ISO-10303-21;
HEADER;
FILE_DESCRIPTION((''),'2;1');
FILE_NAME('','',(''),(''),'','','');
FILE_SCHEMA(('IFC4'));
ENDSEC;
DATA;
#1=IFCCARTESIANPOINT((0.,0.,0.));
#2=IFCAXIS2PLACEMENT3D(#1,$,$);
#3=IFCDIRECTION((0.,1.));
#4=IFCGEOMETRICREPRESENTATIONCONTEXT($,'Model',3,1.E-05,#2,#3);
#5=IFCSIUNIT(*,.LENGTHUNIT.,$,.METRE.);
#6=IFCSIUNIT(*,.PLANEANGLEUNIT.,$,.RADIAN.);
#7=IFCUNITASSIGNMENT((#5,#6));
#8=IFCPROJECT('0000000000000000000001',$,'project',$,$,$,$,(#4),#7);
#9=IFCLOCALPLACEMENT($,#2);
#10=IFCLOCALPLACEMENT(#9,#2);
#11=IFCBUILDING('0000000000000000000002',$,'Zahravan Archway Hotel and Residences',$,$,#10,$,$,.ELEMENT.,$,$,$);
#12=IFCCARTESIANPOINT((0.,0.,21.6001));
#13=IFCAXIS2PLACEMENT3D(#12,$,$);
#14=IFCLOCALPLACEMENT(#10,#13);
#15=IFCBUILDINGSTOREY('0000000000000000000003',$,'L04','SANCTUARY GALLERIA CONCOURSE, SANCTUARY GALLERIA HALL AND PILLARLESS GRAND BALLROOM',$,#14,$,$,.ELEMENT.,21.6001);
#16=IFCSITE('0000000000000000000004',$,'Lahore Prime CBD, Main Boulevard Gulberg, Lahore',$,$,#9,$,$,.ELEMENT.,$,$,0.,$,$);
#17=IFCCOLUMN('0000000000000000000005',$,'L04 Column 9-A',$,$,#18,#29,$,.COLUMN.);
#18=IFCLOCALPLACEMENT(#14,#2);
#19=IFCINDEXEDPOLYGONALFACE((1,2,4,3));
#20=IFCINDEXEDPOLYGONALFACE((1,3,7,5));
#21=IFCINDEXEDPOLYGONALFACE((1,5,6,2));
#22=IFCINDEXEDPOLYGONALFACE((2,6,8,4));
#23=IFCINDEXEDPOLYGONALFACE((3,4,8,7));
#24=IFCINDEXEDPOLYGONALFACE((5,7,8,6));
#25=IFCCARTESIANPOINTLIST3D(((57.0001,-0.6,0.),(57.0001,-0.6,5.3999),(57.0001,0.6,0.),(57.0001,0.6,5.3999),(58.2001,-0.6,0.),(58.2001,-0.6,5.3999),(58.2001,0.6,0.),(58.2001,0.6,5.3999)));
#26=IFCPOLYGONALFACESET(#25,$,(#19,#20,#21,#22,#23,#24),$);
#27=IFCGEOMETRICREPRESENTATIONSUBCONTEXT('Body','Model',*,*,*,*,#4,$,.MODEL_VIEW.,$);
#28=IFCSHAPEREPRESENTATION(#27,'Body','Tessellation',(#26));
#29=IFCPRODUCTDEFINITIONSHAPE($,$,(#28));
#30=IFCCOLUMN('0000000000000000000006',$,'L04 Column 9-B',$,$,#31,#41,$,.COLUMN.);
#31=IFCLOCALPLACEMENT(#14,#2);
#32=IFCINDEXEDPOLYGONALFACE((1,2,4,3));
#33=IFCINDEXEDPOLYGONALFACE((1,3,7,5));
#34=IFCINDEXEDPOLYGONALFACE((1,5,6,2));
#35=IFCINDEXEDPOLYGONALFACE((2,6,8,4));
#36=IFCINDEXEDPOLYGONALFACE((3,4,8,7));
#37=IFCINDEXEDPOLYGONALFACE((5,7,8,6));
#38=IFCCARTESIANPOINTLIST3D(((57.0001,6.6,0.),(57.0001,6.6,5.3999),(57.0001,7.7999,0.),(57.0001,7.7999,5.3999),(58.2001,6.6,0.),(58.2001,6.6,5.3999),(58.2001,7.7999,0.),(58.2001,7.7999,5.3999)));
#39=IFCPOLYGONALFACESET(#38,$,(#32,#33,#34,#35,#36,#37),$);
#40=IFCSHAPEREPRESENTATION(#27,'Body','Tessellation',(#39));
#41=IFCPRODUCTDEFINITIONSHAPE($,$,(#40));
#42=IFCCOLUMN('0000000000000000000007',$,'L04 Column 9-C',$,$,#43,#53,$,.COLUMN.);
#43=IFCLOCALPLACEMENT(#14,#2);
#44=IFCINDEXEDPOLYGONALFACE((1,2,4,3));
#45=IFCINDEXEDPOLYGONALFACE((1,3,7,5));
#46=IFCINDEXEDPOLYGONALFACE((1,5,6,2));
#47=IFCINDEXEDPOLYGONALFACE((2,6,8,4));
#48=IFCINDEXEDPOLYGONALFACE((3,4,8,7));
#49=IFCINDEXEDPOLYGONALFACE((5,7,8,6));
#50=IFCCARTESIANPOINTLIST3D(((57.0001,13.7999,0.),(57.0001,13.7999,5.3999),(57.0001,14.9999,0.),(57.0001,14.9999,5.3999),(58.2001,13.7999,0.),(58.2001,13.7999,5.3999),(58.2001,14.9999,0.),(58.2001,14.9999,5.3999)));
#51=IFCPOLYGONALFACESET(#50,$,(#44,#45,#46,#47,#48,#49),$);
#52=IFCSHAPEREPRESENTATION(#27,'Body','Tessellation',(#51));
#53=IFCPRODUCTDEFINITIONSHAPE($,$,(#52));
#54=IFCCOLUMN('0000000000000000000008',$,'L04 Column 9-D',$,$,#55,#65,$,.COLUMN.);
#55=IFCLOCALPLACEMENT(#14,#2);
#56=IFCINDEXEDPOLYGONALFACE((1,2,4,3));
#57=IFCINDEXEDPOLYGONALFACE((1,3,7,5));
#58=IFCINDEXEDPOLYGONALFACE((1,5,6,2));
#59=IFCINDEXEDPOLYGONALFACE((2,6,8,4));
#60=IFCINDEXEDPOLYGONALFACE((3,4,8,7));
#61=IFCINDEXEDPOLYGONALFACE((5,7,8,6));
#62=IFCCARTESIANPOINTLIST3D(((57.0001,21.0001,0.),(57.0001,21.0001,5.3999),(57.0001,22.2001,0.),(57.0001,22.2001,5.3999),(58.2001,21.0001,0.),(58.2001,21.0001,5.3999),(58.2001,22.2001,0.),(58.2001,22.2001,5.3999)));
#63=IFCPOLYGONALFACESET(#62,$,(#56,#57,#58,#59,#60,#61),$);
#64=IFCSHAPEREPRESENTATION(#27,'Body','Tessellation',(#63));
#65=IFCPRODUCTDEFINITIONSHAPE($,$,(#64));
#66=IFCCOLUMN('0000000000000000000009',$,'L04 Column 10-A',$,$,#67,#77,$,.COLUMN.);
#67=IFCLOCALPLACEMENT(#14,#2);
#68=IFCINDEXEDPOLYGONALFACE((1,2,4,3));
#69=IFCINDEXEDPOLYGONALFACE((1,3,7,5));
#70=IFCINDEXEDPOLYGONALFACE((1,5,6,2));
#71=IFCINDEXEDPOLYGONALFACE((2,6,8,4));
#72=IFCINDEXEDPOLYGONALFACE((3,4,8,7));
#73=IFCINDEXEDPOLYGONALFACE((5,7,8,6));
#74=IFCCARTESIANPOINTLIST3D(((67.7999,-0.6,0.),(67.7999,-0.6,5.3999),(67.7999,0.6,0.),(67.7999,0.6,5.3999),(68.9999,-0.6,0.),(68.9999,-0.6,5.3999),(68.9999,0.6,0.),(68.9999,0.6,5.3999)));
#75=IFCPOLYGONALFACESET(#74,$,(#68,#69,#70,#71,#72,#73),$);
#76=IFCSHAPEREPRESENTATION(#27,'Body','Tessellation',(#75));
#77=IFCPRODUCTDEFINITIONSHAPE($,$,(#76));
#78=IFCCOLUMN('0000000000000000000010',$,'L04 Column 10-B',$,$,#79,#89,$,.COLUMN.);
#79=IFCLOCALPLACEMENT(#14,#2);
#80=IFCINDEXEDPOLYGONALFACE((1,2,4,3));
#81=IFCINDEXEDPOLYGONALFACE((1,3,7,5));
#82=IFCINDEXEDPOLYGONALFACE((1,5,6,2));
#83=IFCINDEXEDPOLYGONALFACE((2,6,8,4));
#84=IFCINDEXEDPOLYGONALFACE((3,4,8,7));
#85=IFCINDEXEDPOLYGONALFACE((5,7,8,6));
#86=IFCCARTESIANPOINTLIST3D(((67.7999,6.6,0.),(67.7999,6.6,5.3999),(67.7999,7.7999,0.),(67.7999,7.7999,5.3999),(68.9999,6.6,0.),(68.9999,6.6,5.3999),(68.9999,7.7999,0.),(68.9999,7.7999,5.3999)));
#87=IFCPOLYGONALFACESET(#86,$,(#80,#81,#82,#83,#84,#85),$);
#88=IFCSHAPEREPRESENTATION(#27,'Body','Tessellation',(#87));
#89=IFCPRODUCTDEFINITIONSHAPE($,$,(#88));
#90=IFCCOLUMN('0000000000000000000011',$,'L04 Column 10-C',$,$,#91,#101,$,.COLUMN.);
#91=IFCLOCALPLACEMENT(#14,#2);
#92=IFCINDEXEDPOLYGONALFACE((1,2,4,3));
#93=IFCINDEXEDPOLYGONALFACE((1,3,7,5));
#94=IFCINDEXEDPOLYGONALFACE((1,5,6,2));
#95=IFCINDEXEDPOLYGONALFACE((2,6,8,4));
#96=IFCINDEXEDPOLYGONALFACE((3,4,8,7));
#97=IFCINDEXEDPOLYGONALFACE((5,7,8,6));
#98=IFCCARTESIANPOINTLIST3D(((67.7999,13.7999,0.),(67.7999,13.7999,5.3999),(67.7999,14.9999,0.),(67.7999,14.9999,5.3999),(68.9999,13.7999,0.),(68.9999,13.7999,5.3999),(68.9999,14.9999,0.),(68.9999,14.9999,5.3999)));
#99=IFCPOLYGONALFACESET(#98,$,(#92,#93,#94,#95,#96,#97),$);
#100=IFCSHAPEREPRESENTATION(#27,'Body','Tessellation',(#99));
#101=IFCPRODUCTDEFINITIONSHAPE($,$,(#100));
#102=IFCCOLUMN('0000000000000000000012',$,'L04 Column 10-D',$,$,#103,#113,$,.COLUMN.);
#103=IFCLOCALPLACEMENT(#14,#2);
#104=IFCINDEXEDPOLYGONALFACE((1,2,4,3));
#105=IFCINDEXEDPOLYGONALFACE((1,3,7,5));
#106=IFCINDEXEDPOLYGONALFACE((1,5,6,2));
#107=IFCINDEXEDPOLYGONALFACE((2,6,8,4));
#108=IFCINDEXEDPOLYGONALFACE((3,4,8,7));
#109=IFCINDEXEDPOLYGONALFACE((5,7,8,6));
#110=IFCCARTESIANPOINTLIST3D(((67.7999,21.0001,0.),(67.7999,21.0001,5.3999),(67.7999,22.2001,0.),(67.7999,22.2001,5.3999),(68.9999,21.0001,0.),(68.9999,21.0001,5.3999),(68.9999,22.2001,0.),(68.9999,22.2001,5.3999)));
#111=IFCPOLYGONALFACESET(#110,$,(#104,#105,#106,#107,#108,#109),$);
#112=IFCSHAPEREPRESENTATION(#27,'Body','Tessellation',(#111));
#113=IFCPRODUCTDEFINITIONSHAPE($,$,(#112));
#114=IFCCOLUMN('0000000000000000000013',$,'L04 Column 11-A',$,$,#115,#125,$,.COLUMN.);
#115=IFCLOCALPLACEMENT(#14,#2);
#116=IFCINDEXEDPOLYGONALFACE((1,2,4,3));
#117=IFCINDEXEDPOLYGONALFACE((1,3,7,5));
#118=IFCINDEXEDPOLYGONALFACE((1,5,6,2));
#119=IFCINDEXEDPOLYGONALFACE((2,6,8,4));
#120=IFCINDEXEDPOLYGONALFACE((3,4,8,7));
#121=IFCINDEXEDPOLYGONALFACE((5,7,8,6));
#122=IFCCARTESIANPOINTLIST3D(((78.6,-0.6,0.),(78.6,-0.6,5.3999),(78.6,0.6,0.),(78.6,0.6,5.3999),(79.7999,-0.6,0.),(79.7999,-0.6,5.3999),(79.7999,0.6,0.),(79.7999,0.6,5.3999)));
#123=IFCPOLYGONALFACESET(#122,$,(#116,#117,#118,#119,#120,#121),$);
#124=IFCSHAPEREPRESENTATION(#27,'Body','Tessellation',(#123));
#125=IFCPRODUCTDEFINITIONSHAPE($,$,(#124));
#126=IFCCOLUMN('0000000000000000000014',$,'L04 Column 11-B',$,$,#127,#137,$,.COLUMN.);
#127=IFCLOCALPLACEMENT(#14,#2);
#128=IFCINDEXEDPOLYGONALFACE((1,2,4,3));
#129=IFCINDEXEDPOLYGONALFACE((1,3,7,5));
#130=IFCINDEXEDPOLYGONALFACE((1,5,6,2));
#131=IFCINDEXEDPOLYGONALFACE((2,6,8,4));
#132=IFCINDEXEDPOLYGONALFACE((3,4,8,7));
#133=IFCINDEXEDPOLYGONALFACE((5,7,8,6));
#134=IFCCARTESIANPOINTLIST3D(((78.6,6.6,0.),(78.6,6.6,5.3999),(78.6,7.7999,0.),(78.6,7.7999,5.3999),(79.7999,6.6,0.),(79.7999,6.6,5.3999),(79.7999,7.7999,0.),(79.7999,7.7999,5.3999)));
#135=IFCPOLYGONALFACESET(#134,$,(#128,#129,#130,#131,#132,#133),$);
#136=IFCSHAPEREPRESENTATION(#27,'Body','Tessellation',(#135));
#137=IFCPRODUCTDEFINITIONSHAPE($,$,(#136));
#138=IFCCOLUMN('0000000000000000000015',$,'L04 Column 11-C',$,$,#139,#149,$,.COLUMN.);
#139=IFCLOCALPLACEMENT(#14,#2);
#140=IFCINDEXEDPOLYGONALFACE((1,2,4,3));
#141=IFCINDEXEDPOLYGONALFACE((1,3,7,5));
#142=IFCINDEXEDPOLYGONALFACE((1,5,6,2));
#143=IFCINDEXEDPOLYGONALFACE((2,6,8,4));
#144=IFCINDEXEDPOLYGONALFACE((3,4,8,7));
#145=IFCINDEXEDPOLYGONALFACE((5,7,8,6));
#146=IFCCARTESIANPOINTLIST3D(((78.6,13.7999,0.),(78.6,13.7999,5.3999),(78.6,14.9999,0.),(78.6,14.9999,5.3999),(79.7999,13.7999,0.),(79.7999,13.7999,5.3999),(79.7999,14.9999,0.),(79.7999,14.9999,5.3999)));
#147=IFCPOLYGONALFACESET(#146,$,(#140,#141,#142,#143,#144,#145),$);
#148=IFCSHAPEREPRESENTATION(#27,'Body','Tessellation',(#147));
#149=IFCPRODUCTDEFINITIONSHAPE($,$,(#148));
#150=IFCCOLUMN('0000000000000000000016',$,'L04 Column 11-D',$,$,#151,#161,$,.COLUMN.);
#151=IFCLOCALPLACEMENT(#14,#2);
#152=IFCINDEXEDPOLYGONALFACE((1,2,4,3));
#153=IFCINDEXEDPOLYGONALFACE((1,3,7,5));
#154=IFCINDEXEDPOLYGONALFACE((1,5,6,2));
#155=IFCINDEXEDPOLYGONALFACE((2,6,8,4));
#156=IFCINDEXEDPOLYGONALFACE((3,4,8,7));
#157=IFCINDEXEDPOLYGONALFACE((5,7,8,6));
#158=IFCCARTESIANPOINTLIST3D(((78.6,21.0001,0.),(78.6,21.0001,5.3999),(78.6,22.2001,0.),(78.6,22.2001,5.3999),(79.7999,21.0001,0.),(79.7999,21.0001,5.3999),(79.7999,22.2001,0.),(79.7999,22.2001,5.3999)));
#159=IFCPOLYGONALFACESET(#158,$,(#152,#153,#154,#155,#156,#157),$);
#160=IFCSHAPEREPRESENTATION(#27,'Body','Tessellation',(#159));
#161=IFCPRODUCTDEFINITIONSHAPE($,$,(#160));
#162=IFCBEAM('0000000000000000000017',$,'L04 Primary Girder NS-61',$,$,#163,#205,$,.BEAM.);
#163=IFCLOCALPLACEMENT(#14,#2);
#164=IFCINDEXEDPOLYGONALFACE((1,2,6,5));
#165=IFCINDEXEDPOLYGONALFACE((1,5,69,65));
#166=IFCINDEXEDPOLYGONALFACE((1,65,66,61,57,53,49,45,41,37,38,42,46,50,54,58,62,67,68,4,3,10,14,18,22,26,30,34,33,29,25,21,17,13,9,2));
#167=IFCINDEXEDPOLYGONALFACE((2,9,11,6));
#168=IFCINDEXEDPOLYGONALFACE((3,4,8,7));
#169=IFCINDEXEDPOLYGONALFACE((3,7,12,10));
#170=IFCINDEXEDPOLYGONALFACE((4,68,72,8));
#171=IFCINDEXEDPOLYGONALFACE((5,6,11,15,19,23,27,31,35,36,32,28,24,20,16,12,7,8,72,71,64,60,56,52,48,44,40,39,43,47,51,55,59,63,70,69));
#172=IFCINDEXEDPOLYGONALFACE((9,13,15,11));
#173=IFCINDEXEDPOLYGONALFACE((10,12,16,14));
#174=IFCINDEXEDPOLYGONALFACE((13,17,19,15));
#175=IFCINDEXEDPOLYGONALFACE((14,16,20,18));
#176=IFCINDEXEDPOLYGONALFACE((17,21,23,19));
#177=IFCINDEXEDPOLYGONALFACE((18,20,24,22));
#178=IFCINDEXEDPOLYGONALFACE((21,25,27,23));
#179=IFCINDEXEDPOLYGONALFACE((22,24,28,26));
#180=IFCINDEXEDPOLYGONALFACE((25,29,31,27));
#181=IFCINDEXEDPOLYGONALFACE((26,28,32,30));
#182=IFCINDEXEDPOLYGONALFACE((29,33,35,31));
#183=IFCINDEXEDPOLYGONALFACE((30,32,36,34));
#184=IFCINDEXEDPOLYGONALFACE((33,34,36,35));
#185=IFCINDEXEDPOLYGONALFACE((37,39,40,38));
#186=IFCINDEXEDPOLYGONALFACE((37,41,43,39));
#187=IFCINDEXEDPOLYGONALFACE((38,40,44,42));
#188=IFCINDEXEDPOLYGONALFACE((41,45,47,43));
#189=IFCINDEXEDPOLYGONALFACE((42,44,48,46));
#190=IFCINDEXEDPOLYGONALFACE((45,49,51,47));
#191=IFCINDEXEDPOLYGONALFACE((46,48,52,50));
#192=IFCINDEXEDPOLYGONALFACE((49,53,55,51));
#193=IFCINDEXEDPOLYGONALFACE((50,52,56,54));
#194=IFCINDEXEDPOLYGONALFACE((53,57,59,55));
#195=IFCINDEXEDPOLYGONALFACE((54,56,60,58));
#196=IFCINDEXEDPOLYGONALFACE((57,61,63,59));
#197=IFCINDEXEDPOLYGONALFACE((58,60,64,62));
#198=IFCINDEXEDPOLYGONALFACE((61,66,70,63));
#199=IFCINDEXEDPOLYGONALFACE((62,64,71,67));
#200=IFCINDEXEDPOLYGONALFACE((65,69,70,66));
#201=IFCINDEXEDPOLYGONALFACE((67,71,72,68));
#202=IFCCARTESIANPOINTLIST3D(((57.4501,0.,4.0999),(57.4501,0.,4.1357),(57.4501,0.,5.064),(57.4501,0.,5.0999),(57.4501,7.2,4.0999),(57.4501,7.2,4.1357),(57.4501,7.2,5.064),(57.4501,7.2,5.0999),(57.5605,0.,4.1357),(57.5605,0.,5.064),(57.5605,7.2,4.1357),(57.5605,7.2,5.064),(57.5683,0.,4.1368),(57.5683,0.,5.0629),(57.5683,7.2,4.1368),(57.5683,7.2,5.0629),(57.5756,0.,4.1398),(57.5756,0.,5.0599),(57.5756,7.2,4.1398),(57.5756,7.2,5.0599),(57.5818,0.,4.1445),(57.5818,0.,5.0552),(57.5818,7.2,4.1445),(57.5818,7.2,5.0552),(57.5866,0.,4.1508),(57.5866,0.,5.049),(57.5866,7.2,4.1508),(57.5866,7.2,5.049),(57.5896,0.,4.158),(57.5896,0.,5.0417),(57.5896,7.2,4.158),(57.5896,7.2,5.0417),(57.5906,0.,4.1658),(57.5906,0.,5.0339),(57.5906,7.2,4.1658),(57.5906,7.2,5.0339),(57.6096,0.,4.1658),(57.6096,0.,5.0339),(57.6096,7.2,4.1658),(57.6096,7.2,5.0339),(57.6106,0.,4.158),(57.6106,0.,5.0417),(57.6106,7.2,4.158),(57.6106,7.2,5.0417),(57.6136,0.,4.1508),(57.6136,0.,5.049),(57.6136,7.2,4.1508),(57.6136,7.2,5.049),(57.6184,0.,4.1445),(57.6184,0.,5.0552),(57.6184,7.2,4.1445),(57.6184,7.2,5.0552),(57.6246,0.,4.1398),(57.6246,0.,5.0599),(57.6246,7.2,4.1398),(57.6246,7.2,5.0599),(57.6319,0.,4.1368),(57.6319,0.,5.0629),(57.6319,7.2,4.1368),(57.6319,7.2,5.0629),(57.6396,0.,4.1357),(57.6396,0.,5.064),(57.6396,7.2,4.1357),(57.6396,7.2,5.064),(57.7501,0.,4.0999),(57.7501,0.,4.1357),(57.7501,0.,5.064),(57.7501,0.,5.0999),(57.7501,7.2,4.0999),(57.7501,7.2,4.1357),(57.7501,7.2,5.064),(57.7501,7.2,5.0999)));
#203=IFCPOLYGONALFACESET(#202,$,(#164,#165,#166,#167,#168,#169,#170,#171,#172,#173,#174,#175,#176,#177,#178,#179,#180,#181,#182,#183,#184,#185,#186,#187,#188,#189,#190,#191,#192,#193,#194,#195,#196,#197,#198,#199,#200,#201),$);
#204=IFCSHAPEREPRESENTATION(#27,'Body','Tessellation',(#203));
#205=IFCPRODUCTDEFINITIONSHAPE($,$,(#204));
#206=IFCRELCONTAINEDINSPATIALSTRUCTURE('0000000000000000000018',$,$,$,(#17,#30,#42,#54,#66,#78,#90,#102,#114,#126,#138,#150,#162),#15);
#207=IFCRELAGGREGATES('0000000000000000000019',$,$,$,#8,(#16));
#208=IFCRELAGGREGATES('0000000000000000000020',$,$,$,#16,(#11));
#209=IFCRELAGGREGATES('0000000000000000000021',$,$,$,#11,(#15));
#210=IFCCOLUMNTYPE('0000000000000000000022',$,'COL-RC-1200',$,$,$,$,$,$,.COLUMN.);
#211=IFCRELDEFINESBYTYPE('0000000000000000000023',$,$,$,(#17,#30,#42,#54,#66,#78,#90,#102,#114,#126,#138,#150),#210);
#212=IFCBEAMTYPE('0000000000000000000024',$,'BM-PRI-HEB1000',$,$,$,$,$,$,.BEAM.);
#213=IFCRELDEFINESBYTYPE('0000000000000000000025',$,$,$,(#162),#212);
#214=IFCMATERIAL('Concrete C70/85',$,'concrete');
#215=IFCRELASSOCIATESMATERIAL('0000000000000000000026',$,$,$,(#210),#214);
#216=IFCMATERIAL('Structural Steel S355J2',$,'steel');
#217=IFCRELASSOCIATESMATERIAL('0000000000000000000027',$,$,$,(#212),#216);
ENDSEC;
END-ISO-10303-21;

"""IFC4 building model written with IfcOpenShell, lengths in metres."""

from ifc_helpers import new_model, si_unit, direction, frame, origin, origin_2d, place, context, subcontext, project, spatial, rectangle, i_section, extrude, source, transform, mapped, material, material_profile, profile_set, type_object, element, save


model = new_model("IFC4")

# Units and contexts
model_context = context("Model", 3, precision=1e-05, world=origin(), true_north=direction((0.0, 1.0)))
body_context = subcontext(model_context, "Body", "Model", "MODEL_VIEW")
ifc_project = project(units=[si_unit("LENGTHUNIT", "METRE"), si_unit("PLANEANGLEUNIT", "RADIAN")], contexts=[model_context])

# Site, building, storey
site_placement = place(None, origin())
site = spatial("IfcSite", under=ifc_project, at=site_placement, Name="Lahore Prime CBD, Main Boulevard Gulberg, Lahore", CompositionType="ELEMENT", RefElevation=0.0)
building_placement = place(site_placement, origin())
building = spatial("IfcBuilding", under=site, at=building_placement, Name="Zahravan Archway Hotel and Residences", CompositionType="ELEMENT")
storey_placement = place(building_placement, frame((0.0, 0.0, 21.6001)))
storey = spatial("IfcBuildingStorey", under=building, at=storey_placement, Name="L04", Description="SANCTUARY GALLERIA CONCOURSE, SANCTUARY GALLERIA HALL AND PILLARLESS GRAND BALLROOM", CompositionType="ELEMENT", Elevation=21.6001)

# Columns
ifc_material_1 = material(Name="Concrete C70/85", Category="concrete")
ifc_material_profile_1 = material_profile(ifc_material_1, rectangle(XDim=1.2, YDim=1.2, at=origin_2d()), Name="RC-COL-1200x1200", Category="concrete")
ifc_profile_set_1 = profile_set([ifc_material_profile_1], Name="Concrete C70/85")
column_type = type_object("IfcColumnType", Name="COL-RC-1200", PredefinedType="COLUMN", material=ifc_profile_set_1)
shared_shape_1 = source(origin(), body_context, "Body", "SweptSolid", [
    extrude(rectangle(XDim=1.2, YDim=1.2, at=origin_2d()), origin(), (0.0, 0.0, 1.0), 5.3999),
])
for number, where, z_axis, x_axis, name in (
    (1, (57.6001, 0.0, 0.0), (0.0, 0.0, 1.0), (1.0, 0.0, 0.0), "L04 Column 9-A"),
    (2, (57.6001, 7.2, 0.0), (0.0, 0.0, 1.0), (1.0, 0.0, 0.0), "L04 Column 9-B"),
    (3, (57.6001, 14.3999, 0.0), (0.0, 0.0, 1.0), (1.0, 0.0, 0.0), "L04 Column 9-C"),
    (4, (57.6001, 21.6001, 0.0), (0.0, 0.0, 1.0), (1.0, 0.0, 0.0), "L04 Column 9-D"),
    (5, (68.3999, 0.0, 0.0), (0.0, 0.0, 1.0), (1.0, 0.0, 0.0), "L04 Column 10-A"),
    (6, (68.3999, 7.2, 0.0), (0.0, 0.0, 1.0), (1.0, 0.0, 0.0), "L04 Column 10-B"),
    (7, (68.3999, 14.3999, 0.0), (0.0, 0.0, 1.0), (1.0, 0.0, 0.0), "L04 Column 10-C"),
    (8, (68.3999, 21.6001, 0.0), (0.0, 0.0, 1.0), (1.0, 0.0, 0.0), "L04 Column 10-D"),
    (9, (79.2, 0.0, 0.0), (0.0, 0.0, 1.0), (1.0, 0.0, 0.0), "L04 Column 11-A"),
    (10, (79.2, 7.2, 0.0), (0.0, 0.0, 1.0), (1.0, 0.0, 0.0), "L04 Column 11-B"),
    (11, (79.2, 14.3999, 0.0), (0.0, 0.0, 1.0), (1.0, 0.0, 0.0), "L04 Column 11-C"),
    (12, (79.2, 21.6001, 0.0), (0.0, 0.0, 1.0), (1.0, 0.0, 0.0), "L04 Column 11-D"),
):
    element("IfcColumn", number, at=place(storey_placement, frame(where, z_axis=z_axis, x_axis=x_axis)), inside=storey, type_object=column_type, Name=name, PredefinedType="COLUMN", context=body_context, shape_type="MappedRepresentation", body=[
        mapped(shared_shape_1, transform((0.0, 0.0, 0.0), scale=1.0)),
    ])

# Beam
ifc_material_2 = material(Name="Structural Steel S355J2", Category="steel")
ifc_material_profile_2 = material_profile(ifc_material_2, i_section(OverallWidth=0.3, OverallDepth=1.0, WebThickness=0.019, FlangeThickness=0.0359, FilletRadius=0.03, at=origin_2d()), Name="HEB 1000", Category="steel")
ifc_profile_set_2 = profile_set([ifc_material_profile_2], Name="Structural Steel S355J2")
beam_type_1 = type_object("IfcBeamType", Name="BM-PRI-HEB1000", PredefinedType="BEAM", material=ifc_profile_set_2)
shared_shape_2 = source(origin(), body_context, "Body", "SweptSolid", [
    extrude(i_section(OverallWidth=0.3, OverallDepth=1.0, WebThickness=0.019, FlangeThickness=0.0359, FilletRadius=0.03, at=origin_2d()), origin(), (0.0, 0.0, 1.0), 7.2),
])
for number, where, z_axis, x_axis, name in (
    (13, (57.6001, 0.0, 4.5999), (0.0, 1.0, 0.0), (-1.0, 0.0, 0.0), "L04 Primary Girder NS-61"),
):
    element("IfcBeam", number, at=place(storey_placement, frame(where, z_axis=z_axis, x_axis=x_axis)), inside=storey, type_object=beam_type_1, Name=name, PredefinedType="BEAM", context=body_context, shape_type="MappedRepresentation", body=[
        mapped(shared_shape_2, transform((0.0, 0.0, 0.0), scale=1.0)),
    ])

save(model, "model.ifc")
